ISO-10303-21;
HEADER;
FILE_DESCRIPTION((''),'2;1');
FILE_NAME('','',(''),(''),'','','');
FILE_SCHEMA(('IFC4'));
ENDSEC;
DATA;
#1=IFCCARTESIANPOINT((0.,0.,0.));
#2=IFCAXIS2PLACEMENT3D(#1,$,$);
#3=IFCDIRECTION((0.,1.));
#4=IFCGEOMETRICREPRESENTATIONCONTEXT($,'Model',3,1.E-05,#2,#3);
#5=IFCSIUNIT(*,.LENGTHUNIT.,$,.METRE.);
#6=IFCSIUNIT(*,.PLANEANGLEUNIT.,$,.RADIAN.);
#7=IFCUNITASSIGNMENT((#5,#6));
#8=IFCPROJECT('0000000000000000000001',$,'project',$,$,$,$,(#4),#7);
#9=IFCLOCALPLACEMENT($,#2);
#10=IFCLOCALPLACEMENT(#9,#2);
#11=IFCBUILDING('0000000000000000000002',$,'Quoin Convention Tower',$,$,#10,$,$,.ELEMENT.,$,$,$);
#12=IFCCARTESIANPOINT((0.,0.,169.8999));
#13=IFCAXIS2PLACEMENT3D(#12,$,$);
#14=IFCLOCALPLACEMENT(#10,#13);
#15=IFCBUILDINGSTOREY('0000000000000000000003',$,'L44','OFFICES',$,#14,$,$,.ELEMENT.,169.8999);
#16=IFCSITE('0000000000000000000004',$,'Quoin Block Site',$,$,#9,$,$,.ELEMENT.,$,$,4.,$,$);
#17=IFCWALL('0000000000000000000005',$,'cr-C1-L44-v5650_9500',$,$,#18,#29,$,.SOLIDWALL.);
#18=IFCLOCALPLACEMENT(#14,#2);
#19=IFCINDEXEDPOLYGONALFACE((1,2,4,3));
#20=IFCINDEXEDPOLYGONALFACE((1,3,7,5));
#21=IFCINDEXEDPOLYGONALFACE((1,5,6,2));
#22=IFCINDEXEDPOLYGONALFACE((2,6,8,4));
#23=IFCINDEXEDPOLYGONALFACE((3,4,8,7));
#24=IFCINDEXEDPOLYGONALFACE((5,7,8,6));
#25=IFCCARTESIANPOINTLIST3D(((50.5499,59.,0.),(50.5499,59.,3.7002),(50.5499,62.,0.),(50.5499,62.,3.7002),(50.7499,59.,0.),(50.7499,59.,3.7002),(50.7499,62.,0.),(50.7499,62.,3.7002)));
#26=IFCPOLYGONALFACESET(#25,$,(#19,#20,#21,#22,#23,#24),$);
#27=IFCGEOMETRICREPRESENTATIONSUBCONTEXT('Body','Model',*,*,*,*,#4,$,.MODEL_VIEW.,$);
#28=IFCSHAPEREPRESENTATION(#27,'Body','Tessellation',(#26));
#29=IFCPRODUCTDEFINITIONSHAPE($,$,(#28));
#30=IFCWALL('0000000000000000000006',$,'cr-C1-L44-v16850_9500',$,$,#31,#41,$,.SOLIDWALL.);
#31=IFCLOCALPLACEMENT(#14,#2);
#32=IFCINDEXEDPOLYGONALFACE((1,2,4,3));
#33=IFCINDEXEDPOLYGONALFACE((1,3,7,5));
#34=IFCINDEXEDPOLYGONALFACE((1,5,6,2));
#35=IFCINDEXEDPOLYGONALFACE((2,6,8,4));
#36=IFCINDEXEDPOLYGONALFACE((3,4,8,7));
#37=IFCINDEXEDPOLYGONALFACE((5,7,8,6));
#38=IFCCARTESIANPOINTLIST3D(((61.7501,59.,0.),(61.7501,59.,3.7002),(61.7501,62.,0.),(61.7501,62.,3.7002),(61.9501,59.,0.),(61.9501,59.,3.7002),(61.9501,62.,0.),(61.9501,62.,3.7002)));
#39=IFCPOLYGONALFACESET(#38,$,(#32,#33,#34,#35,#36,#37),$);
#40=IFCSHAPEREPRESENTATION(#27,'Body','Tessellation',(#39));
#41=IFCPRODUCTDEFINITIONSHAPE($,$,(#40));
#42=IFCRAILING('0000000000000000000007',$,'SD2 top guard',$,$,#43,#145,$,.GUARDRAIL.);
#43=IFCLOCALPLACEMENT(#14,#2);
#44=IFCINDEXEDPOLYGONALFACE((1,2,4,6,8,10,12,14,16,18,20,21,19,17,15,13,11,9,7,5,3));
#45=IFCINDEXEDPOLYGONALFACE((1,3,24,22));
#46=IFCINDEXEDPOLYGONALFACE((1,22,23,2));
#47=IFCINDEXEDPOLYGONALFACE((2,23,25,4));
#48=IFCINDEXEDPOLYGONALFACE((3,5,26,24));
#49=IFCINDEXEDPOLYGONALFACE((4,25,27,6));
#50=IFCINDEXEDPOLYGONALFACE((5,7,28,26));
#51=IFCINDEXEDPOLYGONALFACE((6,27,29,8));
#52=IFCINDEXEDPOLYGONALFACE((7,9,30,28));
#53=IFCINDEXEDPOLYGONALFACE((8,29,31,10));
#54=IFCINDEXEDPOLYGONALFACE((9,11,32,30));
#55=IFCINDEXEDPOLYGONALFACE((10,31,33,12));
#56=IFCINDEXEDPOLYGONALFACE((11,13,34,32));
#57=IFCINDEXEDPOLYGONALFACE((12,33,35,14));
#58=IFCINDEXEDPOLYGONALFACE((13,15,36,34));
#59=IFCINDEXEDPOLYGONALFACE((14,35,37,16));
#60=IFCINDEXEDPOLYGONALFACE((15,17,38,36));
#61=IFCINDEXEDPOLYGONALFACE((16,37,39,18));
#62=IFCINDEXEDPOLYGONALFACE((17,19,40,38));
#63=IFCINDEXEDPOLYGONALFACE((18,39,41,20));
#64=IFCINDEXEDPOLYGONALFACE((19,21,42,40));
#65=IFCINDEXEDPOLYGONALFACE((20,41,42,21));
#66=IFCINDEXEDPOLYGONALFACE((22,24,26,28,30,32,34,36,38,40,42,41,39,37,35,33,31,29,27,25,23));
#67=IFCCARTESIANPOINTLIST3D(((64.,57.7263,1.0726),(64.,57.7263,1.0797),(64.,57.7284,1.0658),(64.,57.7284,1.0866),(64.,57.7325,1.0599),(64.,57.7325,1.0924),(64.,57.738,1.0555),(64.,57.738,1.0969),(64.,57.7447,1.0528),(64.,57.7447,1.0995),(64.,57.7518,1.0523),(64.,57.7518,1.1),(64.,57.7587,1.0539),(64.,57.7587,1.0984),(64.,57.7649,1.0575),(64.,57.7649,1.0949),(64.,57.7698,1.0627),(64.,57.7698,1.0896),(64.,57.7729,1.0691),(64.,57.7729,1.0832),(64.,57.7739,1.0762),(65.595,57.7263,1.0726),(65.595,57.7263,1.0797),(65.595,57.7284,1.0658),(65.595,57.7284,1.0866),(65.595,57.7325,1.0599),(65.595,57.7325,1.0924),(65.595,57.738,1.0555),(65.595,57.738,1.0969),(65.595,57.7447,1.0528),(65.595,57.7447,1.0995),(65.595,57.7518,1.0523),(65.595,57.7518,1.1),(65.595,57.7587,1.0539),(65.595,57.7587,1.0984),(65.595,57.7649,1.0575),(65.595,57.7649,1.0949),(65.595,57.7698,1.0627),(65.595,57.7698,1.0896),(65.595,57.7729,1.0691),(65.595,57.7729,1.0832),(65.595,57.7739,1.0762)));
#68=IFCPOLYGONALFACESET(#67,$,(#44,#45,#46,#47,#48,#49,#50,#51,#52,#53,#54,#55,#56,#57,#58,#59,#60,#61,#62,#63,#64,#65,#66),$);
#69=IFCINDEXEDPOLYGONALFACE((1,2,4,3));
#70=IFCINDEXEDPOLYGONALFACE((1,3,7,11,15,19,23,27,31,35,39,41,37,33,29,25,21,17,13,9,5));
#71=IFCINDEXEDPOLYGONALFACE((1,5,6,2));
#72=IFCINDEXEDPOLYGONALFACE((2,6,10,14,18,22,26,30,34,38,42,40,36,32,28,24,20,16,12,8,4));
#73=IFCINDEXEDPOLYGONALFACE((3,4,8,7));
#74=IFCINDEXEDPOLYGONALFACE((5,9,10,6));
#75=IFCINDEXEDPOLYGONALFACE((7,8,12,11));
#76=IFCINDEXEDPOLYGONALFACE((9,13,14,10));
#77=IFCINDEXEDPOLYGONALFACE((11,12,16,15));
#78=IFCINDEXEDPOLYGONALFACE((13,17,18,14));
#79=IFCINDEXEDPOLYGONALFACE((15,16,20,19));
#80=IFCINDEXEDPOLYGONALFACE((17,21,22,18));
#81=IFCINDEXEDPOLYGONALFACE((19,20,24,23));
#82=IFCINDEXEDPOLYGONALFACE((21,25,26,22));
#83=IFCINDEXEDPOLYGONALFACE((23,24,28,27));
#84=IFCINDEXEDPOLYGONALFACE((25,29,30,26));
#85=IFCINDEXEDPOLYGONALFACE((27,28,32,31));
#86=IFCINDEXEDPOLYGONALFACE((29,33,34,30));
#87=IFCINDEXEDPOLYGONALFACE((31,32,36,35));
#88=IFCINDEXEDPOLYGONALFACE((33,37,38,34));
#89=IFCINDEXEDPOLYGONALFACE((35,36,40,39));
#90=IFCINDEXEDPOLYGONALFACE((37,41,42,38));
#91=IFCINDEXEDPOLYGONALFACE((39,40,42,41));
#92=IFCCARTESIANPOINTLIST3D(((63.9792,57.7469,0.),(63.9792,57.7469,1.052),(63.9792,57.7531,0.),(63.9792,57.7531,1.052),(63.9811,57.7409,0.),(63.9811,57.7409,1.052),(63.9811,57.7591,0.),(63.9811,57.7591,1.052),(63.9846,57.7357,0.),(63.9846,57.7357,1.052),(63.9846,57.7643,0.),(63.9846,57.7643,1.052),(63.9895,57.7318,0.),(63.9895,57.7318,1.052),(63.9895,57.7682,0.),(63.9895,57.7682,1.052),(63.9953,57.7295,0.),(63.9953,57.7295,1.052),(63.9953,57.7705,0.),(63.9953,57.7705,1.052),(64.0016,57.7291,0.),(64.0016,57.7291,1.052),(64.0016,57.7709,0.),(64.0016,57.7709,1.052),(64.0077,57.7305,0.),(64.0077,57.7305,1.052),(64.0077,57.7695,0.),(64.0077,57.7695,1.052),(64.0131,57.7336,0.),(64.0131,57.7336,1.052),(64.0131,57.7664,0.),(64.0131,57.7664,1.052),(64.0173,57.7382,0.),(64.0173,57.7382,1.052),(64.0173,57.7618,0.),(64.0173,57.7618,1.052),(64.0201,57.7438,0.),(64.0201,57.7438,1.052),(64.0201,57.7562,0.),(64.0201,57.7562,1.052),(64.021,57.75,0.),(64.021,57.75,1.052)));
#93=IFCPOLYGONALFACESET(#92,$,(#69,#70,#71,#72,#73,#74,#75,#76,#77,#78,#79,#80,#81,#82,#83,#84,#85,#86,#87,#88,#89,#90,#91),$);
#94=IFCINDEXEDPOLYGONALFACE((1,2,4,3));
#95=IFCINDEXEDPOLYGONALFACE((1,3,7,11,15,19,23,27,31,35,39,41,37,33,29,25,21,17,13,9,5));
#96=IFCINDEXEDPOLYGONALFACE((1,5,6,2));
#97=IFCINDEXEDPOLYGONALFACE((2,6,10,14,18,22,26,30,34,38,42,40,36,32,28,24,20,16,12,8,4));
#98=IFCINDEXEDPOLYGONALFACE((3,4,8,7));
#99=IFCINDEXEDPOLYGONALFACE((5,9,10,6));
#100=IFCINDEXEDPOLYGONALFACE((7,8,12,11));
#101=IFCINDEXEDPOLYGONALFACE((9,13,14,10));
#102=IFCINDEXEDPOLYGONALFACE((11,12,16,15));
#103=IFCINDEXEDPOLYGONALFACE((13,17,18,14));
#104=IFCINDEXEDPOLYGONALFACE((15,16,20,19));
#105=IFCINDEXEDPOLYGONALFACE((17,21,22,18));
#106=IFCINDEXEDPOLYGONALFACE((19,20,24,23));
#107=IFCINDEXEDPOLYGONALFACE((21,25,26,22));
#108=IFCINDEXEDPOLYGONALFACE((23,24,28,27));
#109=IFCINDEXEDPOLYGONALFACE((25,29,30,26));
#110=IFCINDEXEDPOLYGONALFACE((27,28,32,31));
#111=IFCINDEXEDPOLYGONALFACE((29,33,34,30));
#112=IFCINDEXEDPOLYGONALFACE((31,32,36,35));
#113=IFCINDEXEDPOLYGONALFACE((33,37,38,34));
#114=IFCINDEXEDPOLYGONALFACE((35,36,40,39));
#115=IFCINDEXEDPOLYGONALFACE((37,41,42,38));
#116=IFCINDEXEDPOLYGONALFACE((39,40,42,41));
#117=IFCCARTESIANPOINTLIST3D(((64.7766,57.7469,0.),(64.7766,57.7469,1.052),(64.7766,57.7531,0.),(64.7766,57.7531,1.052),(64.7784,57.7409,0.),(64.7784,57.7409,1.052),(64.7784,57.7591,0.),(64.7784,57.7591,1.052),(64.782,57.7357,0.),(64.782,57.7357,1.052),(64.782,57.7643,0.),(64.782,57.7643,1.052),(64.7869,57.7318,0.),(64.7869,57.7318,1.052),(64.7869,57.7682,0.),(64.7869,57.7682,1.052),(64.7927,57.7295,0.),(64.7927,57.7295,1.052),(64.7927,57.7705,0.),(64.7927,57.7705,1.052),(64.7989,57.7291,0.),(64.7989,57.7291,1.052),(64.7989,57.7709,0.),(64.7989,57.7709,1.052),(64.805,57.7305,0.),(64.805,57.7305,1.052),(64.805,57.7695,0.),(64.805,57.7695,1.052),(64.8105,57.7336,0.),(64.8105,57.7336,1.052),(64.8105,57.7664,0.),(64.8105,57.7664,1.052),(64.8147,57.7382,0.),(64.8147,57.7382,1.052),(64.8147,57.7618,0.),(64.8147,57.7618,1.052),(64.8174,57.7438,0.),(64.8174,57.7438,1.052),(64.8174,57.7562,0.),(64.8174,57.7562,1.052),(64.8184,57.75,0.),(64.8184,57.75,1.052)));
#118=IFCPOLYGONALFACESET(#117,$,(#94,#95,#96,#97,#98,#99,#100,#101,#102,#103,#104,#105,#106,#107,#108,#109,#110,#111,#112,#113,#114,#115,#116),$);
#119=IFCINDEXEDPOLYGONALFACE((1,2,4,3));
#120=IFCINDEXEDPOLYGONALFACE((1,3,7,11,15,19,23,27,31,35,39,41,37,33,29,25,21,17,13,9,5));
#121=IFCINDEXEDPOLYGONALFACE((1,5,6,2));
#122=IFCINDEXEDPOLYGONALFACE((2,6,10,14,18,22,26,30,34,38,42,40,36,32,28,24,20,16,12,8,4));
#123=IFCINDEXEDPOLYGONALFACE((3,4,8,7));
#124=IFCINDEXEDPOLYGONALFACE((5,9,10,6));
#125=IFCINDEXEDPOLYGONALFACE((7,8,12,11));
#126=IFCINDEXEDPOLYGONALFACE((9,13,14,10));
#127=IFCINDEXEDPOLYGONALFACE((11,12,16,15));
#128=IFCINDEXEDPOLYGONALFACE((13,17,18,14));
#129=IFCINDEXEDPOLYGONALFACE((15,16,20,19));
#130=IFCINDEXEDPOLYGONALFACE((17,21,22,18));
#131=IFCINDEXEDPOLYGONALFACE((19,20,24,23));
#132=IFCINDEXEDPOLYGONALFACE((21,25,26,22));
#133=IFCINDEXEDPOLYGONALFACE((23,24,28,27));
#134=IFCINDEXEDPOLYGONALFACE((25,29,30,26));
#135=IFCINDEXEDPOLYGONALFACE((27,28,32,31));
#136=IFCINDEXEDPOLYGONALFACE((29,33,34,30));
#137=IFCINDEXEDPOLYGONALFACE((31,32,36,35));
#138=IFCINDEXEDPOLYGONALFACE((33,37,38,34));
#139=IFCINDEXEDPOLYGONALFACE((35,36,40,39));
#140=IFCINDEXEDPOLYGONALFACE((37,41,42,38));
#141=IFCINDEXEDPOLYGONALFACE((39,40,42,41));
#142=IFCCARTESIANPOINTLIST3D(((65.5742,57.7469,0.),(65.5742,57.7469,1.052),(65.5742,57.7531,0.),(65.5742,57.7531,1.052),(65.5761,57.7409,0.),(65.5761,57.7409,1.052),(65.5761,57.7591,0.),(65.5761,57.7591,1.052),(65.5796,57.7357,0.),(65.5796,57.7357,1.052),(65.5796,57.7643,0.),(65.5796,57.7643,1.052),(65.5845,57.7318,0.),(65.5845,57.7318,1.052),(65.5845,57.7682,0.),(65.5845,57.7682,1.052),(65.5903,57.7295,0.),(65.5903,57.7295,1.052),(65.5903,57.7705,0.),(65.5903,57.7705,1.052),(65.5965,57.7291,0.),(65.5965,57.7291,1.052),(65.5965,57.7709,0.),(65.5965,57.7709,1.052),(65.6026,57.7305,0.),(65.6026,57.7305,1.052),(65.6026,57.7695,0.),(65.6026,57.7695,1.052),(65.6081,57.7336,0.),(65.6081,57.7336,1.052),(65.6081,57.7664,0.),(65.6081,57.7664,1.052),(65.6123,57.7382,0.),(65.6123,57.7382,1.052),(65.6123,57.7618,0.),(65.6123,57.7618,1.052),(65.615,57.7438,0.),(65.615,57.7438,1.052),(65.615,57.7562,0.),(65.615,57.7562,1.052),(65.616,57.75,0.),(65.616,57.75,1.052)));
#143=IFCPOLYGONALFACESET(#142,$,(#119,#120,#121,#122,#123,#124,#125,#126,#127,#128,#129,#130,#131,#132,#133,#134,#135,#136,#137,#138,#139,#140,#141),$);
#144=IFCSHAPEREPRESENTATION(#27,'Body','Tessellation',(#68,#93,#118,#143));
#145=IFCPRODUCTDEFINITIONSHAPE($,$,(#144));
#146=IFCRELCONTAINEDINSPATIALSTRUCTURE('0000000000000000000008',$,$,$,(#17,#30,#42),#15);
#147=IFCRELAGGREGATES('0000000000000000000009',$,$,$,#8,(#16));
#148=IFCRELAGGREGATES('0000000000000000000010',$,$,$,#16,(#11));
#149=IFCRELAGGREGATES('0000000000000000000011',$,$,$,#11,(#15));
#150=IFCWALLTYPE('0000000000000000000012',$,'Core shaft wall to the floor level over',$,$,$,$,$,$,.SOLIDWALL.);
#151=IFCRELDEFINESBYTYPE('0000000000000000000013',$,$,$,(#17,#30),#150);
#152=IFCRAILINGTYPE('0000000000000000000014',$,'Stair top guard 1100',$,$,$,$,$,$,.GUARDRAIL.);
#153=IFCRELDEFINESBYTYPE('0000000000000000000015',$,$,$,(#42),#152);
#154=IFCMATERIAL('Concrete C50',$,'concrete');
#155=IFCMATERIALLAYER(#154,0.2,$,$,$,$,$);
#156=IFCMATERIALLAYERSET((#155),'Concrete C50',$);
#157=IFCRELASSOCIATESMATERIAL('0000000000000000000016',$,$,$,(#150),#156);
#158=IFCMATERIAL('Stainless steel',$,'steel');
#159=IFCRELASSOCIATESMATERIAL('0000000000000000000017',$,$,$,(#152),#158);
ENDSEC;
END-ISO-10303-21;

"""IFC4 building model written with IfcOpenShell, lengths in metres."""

from ifc_helpers import new_model, si_unit, direction, frame, frame_2d, origin, origin_2d, place, context, subcontext, project, spatial, rectangle, circle, extrude, material, layer, layer_set, type_object, element, save


model = new_model("IFC4")

# Units and contexts
model_context = context("Model", 3, precision=1e-05, world=origin(), true_north=direction((0.0, 1.0)))
body_context = subcontext(model_context, "Body", "Model", "MODEL_VIEW")
ifc_project = project(units=[si_unit("LENGTHUNIT", "METRE"), si_unit("PLANEANGLEUNIT", "RADIAN")], contexts=[model_context])

# Site, building, storey
site_placement = place(None, origin())
site = spatial("IfcSite", under=ifc_project, at=site_placement, Name="Quoin Block Site", CompositionType="ELEMENT", RefElevation=4.0)
building_placement = place(site_placement, origin())
building = spatial("IfcBuilding", under=site, at=building_placement, Name="Quoin Convention Tower", CompositionType="ELEMENT")
storey_placement = place(building_placement, frame((0.0, 0.0, 169.8999)))
storey = spatial("IfcBuildingStorey", under=building, at=storey_placement, Name="L44", Description="OFFICES", CompositionType="ELEMENT", Elevation=169.8999)

# Walls
ifc_material_1 = material(Name="Concrete C50", Category="concrete")
ifc_layer_1 = layer(ifc_material_1, 0.2)
ifc_layer_set_1 = layer_set([ifc_layer_1], Name="Concrete C50")
wall_type_1 = type_object("IfcWallType", Name="Core shaft wall to the floor level over", PredefinedType="SOLIDWALL", material=ifc_layer_set_1)
for number, where, z_axis, x_axis, name in (
    (1, (50.6499, 59.0, 0.0), (0.0, 0.0, 1.0), (0.0, 1.0, 0.0), "cr-C1-L44-v5650_9500"),
    (2, (61.8501, 59.0, 0.0), (0.0, 0.0, 1.0), (0.0, 1.0, 0.0), "cr-C1-L44-v16850_9500"),
):
    element("IfcWall", number, at=place(storey_placement, frame(where, z_axis=z_axis, x_axis=x_axis)), inside=storey, type_object=wall_type_1, Name=name, PredefinedType="SOLIDWALL", context=body_context, shape_type="SweptSolid", body=[
        extrude(rectangle(XDim=3.0, YDim=0.2, at=frame_2d((1.5, 0.0))), origin(), (0.0, 0.0, 1.0), 3.7002),
    ])

# Railing
ifc_material_2 = material(Name="Stainless steel", Category="steel")
railing_type = type_object("IfcRailingType", Name="Stair top guard 1100", PredefinedType="GUARDRAIL", material=ifc_material_2)
railing_placement = place(storey_placement, frame((64.0, 57.75, 0.0)))
element("IfcRailing", 3, at=railing_placement, inside=storey, type_object=railing_type, Name="SD2 top guard", PredefinedType="GUARDRAIL", context=body_context, shape_type="SweptSolid", body=[
    extrude(circle(Radius=0.0239, at=origin_2d()), frame((0.0, 0.0, 1.0762), z_axis=(1.0, 0.0, 0.0), x_axis=(0.0, 1.0, 0.0)), (0.0, 0.0, 1.0), 1.595),
    extrude(circle(Radius=0.021, at=origin_2d()), origin(), (0.0, 0.0, 1.0), 1.052),
    extrude(circle(Radius=0.021, at=origin_2d()), frame((0.7974, 0.0, 0.0)), (0.0, 0.0, 1.0), 1.052),
    extrude(circle(Radius=0.021, at=origin_2d()), frame((1.595, 0.0, 0.0)), (0.0, 0.0, 1.0), 1.052),
])

save(model, "model.ifc")
